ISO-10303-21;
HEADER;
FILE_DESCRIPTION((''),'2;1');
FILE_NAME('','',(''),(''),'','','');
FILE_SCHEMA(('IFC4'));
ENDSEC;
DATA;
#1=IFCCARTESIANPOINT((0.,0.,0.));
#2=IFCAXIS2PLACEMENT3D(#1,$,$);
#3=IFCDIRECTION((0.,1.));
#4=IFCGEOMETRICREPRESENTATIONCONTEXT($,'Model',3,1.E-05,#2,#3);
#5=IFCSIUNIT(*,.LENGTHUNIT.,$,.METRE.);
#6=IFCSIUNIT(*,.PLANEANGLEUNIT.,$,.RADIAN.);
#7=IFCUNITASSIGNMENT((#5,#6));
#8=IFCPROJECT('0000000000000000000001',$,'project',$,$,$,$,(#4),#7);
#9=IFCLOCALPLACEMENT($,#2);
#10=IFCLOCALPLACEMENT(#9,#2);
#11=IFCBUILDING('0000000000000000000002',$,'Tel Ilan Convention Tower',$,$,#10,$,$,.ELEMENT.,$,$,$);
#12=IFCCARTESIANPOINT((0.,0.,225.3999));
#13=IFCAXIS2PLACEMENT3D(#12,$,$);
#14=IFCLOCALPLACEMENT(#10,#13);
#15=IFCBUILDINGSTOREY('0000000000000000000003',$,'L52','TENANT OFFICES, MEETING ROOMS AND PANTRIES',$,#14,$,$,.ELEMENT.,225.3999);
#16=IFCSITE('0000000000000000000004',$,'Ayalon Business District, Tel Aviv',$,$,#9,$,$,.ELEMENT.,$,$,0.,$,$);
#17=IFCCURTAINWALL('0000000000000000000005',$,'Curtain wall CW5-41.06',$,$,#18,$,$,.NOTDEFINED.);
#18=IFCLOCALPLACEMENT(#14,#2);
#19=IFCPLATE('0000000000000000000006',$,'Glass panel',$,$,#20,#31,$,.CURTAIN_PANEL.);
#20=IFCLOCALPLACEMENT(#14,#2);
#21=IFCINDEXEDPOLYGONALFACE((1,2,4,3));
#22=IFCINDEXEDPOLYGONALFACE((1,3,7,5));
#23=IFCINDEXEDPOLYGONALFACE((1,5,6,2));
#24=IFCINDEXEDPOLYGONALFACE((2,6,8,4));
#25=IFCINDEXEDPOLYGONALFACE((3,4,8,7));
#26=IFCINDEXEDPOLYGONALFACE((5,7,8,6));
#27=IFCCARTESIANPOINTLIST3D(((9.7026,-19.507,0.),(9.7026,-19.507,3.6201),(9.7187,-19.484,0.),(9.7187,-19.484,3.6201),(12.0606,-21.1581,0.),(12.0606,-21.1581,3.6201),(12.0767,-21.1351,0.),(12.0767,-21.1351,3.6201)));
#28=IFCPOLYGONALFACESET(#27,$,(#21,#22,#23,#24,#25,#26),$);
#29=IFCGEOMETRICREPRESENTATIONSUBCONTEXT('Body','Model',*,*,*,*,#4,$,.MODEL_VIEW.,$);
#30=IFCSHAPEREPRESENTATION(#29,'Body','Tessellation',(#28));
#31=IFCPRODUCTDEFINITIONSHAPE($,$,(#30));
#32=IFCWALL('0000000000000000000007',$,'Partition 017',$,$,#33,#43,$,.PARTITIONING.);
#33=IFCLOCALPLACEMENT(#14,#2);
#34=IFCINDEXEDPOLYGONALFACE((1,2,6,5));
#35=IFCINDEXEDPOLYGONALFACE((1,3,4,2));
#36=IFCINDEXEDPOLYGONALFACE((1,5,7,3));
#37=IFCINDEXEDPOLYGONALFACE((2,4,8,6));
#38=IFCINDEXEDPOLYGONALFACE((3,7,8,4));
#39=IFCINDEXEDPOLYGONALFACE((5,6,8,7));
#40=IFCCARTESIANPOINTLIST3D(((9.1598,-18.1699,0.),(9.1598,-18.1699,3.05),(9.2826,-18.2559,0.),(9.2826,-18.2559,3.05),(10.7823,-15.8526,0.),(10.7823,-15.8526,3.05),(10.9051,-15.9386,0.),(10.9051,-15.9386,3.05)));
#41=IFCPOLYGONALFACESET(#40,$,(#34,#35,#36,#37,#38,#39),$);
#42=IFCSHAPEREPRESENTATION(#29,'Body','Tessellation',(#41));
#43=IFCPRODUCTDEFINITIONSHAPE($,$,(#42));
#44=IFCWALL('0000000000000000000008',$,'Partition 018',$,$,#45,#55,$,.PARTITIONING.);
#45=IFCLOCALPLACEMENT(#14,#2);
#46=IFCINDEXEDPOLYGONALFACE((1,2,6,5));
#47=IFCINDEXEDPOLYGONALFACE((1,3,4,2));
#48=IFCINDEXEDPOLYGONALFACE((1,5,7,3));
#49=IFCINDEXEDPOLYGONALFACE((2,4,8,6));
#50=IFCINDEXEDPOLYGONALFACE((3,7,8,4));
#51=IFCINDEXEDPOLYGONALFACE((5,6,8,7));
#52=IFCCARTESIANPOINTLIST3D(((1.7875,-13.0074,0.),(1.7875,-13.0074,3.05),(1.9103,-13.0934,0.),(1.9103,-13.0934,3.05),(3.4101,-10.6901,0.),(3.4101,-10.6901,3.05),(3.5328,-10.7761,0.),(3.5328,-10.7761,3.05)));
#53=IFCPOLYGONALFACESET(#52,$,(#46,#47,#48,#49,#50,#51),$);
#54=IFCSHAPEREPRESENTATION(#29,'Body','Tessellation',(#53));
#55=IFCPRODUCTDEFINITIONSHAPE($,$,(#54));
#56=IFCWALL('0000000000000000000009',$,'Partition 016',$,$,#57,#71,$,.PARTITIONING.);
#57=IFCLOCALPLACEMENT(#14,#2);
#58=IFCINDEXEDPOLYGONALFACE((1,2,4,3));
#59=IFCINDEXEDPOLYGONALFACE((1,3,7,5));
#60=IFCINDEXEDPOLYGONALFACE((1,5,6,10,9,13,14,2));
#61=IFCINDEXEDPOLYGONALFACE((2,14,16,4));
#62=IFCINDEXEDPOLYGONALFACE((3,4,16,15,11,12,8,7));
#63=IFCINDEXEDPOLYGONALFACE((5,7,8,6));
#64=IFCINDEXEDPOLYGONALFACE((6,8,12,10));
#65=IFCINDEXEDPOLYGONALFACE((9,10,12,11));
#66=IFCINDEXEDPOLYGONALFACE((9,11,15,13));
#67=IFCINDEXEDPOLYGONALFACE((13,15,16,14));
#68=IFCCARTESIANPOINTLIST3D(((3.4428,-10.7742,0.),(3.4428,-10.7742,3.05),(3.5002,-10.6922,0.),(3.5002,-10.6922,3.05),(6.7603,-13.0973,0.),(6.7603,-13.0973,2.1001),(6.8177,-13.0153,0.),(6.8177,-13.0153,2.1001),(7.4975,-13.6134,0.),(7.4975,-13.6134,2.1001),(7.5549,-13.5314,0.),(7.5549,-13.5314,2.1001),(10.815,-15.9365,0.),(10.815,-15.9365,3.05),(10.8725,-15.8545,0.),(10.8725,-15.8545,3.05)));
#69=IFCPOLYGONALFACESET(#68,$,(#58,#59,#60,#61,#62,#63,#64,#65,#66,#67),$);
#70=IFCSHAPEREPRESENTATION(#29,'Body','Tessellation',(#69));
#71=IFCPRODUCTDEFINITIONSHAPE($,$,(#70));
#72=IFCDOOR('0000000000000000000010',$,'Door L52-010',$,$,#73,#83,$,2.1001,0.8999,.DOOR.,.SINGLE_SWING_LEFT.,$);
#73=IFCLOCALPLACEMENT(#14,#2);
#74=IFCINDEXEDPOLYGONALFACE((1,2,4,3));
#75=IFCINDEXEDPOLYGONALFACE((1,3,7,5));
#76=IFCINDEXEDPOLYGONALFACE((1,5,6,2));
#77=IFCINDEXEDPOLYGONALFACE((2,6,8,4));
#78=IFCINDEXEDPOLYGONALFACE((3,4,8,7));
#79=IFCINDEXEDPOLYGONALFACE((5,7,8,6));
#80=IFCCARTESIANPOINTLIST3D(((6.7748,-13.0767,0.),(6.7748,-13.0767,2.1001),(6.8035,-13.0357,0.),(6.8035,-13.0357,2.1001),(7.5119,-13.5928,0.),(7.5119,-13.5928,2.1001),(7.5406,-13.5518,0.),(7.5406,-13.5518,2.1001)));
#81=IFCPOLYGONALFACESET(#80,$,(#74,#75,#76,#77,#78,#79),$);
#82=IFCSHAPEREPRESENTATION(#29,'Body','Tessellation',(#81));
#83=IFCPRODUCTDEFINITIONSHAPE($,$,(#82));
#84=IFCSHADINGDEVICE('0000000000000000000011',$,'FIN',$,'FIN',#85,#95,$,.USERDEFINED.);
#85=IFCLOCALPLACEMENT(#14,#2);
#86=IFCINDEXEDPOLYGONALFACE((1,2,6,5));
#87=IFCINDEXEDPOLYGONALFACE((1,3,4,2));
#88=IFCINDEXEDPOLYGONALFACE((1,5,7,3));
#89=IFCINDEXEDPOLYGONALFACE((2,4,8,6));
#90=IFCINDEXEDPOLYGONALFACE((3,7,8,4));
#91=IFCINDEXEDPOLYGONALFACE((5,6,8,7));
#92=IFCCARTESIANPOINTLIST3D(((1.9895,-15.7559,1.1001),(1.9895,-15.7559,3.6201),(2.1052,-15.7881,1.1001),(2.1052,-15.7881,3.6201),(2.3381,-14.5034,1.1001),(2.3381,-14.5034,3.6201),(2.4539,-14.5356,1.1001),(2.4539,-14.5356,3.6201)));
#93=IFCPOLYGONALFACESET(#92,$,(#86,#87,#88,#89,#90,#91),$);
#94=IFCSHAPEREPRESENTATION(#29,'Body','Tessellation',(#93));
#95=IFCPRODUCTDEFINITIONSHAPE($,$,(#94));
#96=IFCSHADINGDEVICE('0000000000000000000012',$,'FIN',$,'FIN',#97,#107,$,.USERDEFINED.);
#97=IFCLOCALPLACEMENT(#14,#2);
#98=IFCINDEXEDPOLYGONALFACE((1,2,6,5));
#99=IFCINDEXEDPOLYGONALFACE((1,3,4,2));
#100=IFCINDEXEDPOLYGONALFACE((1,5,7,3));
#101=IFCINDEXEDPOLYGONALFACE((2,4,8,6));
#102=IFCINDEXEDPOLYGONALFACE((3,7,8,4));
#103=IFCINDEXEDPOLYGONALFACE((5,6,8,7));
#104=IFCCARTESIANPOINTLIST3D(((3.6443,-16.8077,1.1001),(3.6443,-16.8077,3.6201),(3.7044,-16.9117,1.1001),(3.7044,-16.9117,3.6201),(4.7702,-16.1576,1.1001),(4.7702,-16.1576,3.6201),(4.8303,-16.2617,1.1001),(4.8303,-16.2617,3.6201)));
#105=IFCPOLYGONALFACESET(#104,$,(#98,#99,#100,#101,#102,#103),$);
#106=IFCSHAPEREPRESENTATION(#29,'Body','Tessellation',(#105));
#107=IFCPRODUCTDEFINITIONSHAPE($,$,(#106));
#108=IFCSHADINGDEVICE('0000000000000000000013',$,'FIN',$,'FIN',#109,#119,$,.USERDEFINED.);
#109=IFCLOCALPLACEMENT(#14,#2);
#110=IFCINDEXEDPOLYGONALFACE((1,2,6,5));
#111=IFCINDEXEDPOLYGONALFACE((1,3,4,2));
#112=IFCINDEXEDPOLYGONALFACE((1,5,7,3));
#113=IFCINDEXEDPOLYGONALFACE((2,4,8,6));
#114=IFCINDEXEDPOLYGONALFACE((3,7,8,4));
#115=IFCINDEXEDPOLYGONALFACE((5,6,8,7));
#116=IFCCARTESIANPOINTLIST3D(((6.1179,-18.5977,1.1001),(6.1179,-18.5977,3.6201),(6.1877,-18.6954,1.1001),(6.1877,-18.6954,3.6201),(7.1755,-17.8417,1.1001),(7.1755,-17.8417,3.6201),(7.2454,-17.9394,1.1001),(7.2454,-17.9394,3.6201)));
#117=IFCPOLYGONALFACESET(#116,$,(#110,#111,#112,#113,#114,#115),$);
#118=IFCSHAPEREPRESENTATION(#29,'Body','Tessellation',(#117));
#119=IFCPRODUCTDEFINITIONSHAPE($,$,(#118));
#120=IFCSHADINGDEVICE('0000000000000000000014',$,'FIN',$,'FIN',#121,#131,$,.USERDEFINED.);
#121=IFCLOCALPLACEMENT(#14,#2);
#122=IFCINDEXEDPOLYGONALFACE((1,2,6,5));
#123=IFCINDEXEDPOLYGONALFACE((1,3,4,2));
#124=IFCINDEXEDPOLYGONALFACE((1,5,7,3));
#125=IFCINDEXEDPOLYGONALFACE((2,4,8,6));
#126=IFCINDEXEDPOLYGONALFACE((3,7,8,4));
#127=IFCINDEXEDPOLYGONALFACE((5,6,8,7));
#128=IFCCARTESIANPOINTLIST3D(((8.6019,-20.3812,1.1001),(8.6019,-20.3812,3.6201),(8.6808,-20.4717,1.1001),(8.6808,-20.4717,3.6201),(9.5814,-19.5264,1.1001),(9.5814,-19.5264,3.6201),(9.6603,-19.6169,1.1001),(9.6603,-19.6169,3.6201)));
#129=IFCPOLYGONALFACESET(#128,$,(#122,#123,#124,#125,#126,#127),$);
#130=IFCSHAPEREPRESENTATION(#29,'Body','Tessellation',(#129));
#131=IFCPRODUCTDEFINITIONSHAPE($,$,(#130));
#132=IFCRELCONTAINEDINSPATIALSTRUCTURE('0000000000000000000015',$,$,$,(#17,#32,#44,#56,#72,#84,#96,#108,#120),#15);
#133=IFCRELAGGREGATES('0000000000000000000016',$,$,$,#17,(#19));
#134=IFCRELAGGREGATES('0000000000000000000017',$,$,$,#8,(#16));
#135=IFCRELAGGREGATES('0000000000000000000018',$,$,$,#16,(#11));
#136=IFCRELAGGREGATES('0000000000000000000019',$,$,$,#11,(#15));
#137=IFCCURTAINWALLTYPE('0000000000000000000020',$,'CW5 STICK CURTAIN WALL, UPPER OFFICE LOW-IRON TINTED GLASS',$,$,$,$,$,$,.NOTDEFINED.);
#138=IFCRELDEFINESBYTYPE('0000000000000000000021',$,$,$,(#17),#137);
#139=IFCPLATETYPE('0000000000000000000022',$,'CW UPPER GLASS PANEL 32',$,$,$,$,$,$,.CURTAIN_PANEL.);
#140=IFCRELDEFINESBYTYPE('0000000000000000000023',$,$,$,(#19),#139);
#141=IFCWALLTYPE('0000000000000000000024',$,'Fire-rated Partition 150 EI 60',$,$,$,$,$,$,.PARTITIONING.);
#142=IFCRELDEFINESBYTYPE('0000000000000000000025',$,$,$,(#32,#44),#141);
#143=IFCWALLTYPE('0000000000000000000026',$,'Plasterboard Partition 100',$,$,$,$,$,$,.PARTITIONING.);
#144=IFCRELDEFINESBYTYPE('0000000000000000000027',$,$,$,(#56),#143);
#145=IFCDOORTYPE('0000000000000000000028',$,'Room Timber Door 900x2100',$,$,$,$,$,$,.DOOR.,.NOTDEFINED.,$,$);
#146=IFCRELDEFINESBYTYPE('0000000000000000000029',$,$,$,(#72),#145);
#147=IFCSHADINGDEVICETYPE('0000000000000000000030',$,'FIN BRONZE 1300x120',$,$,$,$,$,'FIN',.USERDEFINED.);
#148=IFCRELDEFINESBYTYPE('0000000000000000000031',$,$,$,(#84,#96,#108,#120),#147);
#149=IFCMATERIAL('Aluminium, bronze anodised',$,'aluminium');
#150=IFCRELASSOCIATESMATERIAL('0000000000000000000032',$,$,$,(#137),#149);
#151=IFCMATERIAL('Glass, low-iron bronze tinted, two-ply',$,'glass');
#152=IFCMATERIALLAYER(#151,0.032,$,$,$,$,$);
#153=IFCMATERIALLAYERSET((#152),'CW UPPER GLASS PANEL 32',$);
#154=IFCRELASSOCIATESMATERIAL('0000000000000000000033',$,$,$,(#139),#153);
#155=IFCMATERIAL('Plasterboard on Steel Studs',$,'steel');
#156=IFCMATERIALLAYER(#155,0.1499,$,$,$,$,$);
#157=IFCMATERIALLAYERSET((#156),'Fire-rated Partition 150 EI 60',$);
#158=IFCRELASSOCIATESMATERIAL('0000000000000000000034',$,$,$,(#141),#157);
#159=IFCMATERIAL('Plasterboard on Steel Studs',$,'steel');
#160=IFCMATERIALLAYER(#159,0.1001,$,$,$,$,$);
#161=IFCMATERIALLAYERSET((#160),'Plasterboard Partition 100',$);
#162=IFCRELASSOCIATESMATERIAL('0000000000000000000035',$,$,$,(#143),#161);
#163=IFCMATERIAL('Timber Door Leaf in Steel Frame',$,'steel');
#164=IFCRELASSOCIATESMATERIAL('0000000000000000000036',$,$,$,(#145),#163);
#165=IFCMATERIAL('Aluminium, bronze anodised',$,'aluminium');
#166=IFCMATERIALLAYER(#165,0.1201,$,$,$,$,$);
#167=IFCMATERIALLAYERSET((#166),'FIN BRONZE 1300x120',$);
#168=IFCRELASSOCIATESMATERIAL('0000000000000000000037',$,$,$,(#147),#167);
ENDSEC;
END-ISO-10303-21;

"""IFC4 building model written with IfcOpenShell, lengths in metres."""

from ifc_helpers import new_model, si_unit, direction, frame, frame_2d, origin, origin_2d, place, context, subcontext, project, spatial, rectangle, extrude, material, layer, layer_set, type_object, element, fill, aggregate, save


model = new_model("IFC4")

# Units and contexts
model_context = context("Model", 3, precision=1e-05, world=origin(), true_north=direction((0.0, 1.0)))
body_context = subcontext(model_context, "Body", "Model", "MODEL_VIEW")
ifc_project = project(units=[si_unit("LENGTHUNIT", "METRE"), si_unit("PLANEANGLEUNIT", "RADIAN")], contexts=[model_context])

# Site, building, storey
site_placement = place(None, origin())
site = spatial("IfcSite", under=ifc_project, at=site_placement, Name="Ayalon Business District, Tel Aviv", CompositionType="ELEMENT", RefElevation=0.0)
building_placement = place(site_placement, origin())
building = spatial("IfcBuilding", under=site, at=building_placement, Name="Tel Ilan Convention Tower", CompositionType="ELEMENT")
storey_placement = place(building_placement, frame((0.0, 0.0, 225.3999)))
storey = spatial("IfcBuildingStorey", under=building, at=storey_placement, Name="L52", Description="TENANT OFFICES, MEETING ROOMS AND PANTRIES", CompositionType="ELEMENT", Elevation=225.3999)

# Curtain wall, plate
ifc_material_1 = material(Name="Aluminium, bronze anodised", Category="aluminium")
curtain_wall_type = type_object("IfcCurtainWallType", Name="CW5 STICK CURTAIN WALL, UPPER OFFICE LOW-IRON TINTED GLASS", PredefinedType="NOTDEFINED", material=ifc_material_1)
curtain_wall_placement = place(storey_placement, origin())
curtain_wall = element("IfcCurtainWall", 1, at=curtain_wall_placement, inside=storey, type_object=curtain_wall_type, Name="Curtain wall CW5-41.06", PredefinedType="NOTDEFINED")
ifc_material_2 = material(Name="Glass, low-iron bronze tinted, two-ply", Category="glass")
ifc_layer_1 = layer(ifc_material_2, 0.032)
ifc_layer_set_1 = layer_set([ifc_layer_1], Name="CW UPPER GLASS PANEL 32")
plate_type = type_object("IfcPlateType", Name="CW UPPER GLASS PANEL 32", PredefinedType="CURTAIN_PANEL", material=ifc_layer_set_1)
plate_1_placement = place(storey_placement, frame((10.8896, -20.321, 0.0), z_axis=(0.0, 0.0, 1.0), x_axis=(0.819152, -0.573576, 0.0)))
plate_1 = element("IfcPlate", 2, at=plate_1_placement, type_object=plate_type, Name="Glass panel", PredefinedType="CURTAIN_PANEL", context=body_context, shape_type="SweptSolid", body=[
    extrude(rectangle(XDim=2.8787, YDim=0.0281, at=origin_2d()), origin(), (0.0, 0.0, 1.0), 3.6201),
])
aggregate(curtain_wall, [plate_1])

# Walls
ifc_material_3 = material(Name="Plasterboard on Steel Studs", Category="steel")
ifc_layer_2 = layer(ifc_material_3, 0.1499)
ifc_layer_set_2 = layer_set([ifc_layer_2], Name="Fire-rated Partition 150 EI 60")
wall_type_1 = type_object("IfcWallType", Name="Fire-rated Partition 150 EI 60", PredefinedType="PARTITIONING", material=ifc_layer_set_2)
for number, where, z_axis, x_axis, name in (
    (3, (10.8438, -15.8955, 0.0), (0.0, 0.0, 1.0), (-0.573555, -0.819167, 0.0), "Partition 017"),
    (4, (1.8489, -13.0505, 0.0), (0.0, 0.0, 1.0), (0.573555, 0.819167, 0.0), "Partition 018"),
):
    element("IfcWall", number, at=place(storey_placement, frame(where, z_axis=z_axis, x_axis=x_axis)), inside=storey, type_object=wall_type_1, Name=name, PredefinedType="PARTITIONING", context=body_context, shape_type="SweptSolid", body=[
        extrude(rectangle(XDim=2.8289, YDim=0.1499, at=frame_2d((1.4146, 0.0))), origin(), (0.0, 0.0, 1.0), 3.05),
    ])

# Wall, opening, door
ifc_material_4 = material(Name="Plasterboard on Steel Studs", Category="steel")
ifc_layer_3 = layer(ifc_material_4, 0.1001)
ifc_layer_set_3 = layer_set([ifc_layer_3], Name="Plasterboard Partition 100")
wall_type_2 = type_object("IfcWallType", Name="Plasterboard Partition 100", PredefinedType="PARTITIONING", material=ifc_layer_set_3)
wall_placement = place(storey_placement, frame((10.8438, -15.8955, 0.0), z_axis=(0.0, 0.0, 1.0), x_axis=(-0.819141, 0.573592, 0.0)))
wall = element("IfcWall", 5, at=wall_placement, inside=storey, type_object=wall_type_2, Name="Partition 016", PredefinedType="PARTITIONING", context=body_context, shape_type="SweptSolid", body=[
    extrude(rectangle(XDim=9.0, YDim=0.1001, at=frame_2d((4.5, 0.0))), origin(), (0.0, 0.0, 1.0), 3.05),
])
opening_placement = place(wall_placement, frame((4.05, 0.0, 0.0)))
opening = element("IfcOpeningElement", 6, at=opening_placement, cuts=wall, PredefinedType="OPENING", context=body_context, shape_type="SweptSolid", body=[
    extrude(rectangle(XDim=0.8999, YDim=2.1001, at=frame_2d((0.45, 1.05))), frame((0.0, 0.0601, 0.0), z_axis=(0.0, -1.0, 0.0), x_axis=(1.0, 0.0, 0.0)), (0.0, 0.0, 1.0), 0.1201),
])
ifc_material_5 = material(Name="Timber Door Leaf in Steel Frame", Category="steel")
door_type = type_object("IfcDoorType", Name="Room Timber Door 900x2100", OperationType="NOTDEFINED", PredefinedType="DOOR", material=ifc_material_5)
door_placement = place(opening_placement, origin())
door = element("IfcDoor", 7, at=door_placement, inside=storey, type_object=door_type, Name="Door L52-010", OperationType="SINGLE_SWING_LEFT", OverallHeight=2.1001, OverallWidth=0.8999, PredefinedType="DOOR", context=body_context, shape_type="SweptSolid", body=[
    extrude(rectangle(XDim=0.8999, YDim=2.1001, at=frame_2d((0.45, 1.05))), frame((0.0, 0.0249, 0.0), z_axis=(0.0, -1.0, 0.0), x_axis=(1.0, 0.0, 0.0)), (0.0, 0.0, 1.0), 0.05),
])
fill(opening, door)

# Shading devices
ifc_material_6 = material(Name="Aluminium, bronze anodised", Category="aluminium")
ifc_layer_4 = layer(ifc_material_6, 0.1201)
ifc_layer_set_4 = layer_set([ifc_layer_4], Name="FIN BRONZE 1300x120")
shading_device_type = type_object("IfcShadingDeviceType", Name="FIN BRONZE 1300x120", ElementType="FIN", PredefinedType="USERDEFINED", material=ifc_layer_set_4)
for number, where, z_axis, x_axis, name in (
    (8, (2.2217, -15.1458, 1.1001), (0.0, 0.0, 1.0), (-0.268173, -0.963371, 0.0), "FIN"),
    (9, (4.2373, -16.5347, 1.1001), (0.0, 0.0, 1.0), (-0.866025, -0.5, 0.0), "FIN"),
    (10, (6.6816, -18.2686, 1.1001), (0.0, 0.0, 1.0), (-0.813552, -0.581492, 0.0), "FIN"),
    (11, (9.1311, -19.999, 1.1001), (0.0, 0.0, 1.0), (-0.753436, -0.657521, 0.0), "FIN"),
):
    element("IfcShadingDevice", number, at=place(storey_placement, frame(where, z_axis=z_axis, x_axis=x_axis)), inside=storey, type_object=shading_device_type, Name=name, ObjectType="FIN", PredefinedType="USERDEFINED", context=body_context, shape_type="SweptSolid", body=[
        extrude(rectangle(XDim=1.3, YDim=0.1201, at=origin_2d()), origin(), (0.0, 0.0, 1.0), 2.52),
    ])

save(model, "model.ifc")
